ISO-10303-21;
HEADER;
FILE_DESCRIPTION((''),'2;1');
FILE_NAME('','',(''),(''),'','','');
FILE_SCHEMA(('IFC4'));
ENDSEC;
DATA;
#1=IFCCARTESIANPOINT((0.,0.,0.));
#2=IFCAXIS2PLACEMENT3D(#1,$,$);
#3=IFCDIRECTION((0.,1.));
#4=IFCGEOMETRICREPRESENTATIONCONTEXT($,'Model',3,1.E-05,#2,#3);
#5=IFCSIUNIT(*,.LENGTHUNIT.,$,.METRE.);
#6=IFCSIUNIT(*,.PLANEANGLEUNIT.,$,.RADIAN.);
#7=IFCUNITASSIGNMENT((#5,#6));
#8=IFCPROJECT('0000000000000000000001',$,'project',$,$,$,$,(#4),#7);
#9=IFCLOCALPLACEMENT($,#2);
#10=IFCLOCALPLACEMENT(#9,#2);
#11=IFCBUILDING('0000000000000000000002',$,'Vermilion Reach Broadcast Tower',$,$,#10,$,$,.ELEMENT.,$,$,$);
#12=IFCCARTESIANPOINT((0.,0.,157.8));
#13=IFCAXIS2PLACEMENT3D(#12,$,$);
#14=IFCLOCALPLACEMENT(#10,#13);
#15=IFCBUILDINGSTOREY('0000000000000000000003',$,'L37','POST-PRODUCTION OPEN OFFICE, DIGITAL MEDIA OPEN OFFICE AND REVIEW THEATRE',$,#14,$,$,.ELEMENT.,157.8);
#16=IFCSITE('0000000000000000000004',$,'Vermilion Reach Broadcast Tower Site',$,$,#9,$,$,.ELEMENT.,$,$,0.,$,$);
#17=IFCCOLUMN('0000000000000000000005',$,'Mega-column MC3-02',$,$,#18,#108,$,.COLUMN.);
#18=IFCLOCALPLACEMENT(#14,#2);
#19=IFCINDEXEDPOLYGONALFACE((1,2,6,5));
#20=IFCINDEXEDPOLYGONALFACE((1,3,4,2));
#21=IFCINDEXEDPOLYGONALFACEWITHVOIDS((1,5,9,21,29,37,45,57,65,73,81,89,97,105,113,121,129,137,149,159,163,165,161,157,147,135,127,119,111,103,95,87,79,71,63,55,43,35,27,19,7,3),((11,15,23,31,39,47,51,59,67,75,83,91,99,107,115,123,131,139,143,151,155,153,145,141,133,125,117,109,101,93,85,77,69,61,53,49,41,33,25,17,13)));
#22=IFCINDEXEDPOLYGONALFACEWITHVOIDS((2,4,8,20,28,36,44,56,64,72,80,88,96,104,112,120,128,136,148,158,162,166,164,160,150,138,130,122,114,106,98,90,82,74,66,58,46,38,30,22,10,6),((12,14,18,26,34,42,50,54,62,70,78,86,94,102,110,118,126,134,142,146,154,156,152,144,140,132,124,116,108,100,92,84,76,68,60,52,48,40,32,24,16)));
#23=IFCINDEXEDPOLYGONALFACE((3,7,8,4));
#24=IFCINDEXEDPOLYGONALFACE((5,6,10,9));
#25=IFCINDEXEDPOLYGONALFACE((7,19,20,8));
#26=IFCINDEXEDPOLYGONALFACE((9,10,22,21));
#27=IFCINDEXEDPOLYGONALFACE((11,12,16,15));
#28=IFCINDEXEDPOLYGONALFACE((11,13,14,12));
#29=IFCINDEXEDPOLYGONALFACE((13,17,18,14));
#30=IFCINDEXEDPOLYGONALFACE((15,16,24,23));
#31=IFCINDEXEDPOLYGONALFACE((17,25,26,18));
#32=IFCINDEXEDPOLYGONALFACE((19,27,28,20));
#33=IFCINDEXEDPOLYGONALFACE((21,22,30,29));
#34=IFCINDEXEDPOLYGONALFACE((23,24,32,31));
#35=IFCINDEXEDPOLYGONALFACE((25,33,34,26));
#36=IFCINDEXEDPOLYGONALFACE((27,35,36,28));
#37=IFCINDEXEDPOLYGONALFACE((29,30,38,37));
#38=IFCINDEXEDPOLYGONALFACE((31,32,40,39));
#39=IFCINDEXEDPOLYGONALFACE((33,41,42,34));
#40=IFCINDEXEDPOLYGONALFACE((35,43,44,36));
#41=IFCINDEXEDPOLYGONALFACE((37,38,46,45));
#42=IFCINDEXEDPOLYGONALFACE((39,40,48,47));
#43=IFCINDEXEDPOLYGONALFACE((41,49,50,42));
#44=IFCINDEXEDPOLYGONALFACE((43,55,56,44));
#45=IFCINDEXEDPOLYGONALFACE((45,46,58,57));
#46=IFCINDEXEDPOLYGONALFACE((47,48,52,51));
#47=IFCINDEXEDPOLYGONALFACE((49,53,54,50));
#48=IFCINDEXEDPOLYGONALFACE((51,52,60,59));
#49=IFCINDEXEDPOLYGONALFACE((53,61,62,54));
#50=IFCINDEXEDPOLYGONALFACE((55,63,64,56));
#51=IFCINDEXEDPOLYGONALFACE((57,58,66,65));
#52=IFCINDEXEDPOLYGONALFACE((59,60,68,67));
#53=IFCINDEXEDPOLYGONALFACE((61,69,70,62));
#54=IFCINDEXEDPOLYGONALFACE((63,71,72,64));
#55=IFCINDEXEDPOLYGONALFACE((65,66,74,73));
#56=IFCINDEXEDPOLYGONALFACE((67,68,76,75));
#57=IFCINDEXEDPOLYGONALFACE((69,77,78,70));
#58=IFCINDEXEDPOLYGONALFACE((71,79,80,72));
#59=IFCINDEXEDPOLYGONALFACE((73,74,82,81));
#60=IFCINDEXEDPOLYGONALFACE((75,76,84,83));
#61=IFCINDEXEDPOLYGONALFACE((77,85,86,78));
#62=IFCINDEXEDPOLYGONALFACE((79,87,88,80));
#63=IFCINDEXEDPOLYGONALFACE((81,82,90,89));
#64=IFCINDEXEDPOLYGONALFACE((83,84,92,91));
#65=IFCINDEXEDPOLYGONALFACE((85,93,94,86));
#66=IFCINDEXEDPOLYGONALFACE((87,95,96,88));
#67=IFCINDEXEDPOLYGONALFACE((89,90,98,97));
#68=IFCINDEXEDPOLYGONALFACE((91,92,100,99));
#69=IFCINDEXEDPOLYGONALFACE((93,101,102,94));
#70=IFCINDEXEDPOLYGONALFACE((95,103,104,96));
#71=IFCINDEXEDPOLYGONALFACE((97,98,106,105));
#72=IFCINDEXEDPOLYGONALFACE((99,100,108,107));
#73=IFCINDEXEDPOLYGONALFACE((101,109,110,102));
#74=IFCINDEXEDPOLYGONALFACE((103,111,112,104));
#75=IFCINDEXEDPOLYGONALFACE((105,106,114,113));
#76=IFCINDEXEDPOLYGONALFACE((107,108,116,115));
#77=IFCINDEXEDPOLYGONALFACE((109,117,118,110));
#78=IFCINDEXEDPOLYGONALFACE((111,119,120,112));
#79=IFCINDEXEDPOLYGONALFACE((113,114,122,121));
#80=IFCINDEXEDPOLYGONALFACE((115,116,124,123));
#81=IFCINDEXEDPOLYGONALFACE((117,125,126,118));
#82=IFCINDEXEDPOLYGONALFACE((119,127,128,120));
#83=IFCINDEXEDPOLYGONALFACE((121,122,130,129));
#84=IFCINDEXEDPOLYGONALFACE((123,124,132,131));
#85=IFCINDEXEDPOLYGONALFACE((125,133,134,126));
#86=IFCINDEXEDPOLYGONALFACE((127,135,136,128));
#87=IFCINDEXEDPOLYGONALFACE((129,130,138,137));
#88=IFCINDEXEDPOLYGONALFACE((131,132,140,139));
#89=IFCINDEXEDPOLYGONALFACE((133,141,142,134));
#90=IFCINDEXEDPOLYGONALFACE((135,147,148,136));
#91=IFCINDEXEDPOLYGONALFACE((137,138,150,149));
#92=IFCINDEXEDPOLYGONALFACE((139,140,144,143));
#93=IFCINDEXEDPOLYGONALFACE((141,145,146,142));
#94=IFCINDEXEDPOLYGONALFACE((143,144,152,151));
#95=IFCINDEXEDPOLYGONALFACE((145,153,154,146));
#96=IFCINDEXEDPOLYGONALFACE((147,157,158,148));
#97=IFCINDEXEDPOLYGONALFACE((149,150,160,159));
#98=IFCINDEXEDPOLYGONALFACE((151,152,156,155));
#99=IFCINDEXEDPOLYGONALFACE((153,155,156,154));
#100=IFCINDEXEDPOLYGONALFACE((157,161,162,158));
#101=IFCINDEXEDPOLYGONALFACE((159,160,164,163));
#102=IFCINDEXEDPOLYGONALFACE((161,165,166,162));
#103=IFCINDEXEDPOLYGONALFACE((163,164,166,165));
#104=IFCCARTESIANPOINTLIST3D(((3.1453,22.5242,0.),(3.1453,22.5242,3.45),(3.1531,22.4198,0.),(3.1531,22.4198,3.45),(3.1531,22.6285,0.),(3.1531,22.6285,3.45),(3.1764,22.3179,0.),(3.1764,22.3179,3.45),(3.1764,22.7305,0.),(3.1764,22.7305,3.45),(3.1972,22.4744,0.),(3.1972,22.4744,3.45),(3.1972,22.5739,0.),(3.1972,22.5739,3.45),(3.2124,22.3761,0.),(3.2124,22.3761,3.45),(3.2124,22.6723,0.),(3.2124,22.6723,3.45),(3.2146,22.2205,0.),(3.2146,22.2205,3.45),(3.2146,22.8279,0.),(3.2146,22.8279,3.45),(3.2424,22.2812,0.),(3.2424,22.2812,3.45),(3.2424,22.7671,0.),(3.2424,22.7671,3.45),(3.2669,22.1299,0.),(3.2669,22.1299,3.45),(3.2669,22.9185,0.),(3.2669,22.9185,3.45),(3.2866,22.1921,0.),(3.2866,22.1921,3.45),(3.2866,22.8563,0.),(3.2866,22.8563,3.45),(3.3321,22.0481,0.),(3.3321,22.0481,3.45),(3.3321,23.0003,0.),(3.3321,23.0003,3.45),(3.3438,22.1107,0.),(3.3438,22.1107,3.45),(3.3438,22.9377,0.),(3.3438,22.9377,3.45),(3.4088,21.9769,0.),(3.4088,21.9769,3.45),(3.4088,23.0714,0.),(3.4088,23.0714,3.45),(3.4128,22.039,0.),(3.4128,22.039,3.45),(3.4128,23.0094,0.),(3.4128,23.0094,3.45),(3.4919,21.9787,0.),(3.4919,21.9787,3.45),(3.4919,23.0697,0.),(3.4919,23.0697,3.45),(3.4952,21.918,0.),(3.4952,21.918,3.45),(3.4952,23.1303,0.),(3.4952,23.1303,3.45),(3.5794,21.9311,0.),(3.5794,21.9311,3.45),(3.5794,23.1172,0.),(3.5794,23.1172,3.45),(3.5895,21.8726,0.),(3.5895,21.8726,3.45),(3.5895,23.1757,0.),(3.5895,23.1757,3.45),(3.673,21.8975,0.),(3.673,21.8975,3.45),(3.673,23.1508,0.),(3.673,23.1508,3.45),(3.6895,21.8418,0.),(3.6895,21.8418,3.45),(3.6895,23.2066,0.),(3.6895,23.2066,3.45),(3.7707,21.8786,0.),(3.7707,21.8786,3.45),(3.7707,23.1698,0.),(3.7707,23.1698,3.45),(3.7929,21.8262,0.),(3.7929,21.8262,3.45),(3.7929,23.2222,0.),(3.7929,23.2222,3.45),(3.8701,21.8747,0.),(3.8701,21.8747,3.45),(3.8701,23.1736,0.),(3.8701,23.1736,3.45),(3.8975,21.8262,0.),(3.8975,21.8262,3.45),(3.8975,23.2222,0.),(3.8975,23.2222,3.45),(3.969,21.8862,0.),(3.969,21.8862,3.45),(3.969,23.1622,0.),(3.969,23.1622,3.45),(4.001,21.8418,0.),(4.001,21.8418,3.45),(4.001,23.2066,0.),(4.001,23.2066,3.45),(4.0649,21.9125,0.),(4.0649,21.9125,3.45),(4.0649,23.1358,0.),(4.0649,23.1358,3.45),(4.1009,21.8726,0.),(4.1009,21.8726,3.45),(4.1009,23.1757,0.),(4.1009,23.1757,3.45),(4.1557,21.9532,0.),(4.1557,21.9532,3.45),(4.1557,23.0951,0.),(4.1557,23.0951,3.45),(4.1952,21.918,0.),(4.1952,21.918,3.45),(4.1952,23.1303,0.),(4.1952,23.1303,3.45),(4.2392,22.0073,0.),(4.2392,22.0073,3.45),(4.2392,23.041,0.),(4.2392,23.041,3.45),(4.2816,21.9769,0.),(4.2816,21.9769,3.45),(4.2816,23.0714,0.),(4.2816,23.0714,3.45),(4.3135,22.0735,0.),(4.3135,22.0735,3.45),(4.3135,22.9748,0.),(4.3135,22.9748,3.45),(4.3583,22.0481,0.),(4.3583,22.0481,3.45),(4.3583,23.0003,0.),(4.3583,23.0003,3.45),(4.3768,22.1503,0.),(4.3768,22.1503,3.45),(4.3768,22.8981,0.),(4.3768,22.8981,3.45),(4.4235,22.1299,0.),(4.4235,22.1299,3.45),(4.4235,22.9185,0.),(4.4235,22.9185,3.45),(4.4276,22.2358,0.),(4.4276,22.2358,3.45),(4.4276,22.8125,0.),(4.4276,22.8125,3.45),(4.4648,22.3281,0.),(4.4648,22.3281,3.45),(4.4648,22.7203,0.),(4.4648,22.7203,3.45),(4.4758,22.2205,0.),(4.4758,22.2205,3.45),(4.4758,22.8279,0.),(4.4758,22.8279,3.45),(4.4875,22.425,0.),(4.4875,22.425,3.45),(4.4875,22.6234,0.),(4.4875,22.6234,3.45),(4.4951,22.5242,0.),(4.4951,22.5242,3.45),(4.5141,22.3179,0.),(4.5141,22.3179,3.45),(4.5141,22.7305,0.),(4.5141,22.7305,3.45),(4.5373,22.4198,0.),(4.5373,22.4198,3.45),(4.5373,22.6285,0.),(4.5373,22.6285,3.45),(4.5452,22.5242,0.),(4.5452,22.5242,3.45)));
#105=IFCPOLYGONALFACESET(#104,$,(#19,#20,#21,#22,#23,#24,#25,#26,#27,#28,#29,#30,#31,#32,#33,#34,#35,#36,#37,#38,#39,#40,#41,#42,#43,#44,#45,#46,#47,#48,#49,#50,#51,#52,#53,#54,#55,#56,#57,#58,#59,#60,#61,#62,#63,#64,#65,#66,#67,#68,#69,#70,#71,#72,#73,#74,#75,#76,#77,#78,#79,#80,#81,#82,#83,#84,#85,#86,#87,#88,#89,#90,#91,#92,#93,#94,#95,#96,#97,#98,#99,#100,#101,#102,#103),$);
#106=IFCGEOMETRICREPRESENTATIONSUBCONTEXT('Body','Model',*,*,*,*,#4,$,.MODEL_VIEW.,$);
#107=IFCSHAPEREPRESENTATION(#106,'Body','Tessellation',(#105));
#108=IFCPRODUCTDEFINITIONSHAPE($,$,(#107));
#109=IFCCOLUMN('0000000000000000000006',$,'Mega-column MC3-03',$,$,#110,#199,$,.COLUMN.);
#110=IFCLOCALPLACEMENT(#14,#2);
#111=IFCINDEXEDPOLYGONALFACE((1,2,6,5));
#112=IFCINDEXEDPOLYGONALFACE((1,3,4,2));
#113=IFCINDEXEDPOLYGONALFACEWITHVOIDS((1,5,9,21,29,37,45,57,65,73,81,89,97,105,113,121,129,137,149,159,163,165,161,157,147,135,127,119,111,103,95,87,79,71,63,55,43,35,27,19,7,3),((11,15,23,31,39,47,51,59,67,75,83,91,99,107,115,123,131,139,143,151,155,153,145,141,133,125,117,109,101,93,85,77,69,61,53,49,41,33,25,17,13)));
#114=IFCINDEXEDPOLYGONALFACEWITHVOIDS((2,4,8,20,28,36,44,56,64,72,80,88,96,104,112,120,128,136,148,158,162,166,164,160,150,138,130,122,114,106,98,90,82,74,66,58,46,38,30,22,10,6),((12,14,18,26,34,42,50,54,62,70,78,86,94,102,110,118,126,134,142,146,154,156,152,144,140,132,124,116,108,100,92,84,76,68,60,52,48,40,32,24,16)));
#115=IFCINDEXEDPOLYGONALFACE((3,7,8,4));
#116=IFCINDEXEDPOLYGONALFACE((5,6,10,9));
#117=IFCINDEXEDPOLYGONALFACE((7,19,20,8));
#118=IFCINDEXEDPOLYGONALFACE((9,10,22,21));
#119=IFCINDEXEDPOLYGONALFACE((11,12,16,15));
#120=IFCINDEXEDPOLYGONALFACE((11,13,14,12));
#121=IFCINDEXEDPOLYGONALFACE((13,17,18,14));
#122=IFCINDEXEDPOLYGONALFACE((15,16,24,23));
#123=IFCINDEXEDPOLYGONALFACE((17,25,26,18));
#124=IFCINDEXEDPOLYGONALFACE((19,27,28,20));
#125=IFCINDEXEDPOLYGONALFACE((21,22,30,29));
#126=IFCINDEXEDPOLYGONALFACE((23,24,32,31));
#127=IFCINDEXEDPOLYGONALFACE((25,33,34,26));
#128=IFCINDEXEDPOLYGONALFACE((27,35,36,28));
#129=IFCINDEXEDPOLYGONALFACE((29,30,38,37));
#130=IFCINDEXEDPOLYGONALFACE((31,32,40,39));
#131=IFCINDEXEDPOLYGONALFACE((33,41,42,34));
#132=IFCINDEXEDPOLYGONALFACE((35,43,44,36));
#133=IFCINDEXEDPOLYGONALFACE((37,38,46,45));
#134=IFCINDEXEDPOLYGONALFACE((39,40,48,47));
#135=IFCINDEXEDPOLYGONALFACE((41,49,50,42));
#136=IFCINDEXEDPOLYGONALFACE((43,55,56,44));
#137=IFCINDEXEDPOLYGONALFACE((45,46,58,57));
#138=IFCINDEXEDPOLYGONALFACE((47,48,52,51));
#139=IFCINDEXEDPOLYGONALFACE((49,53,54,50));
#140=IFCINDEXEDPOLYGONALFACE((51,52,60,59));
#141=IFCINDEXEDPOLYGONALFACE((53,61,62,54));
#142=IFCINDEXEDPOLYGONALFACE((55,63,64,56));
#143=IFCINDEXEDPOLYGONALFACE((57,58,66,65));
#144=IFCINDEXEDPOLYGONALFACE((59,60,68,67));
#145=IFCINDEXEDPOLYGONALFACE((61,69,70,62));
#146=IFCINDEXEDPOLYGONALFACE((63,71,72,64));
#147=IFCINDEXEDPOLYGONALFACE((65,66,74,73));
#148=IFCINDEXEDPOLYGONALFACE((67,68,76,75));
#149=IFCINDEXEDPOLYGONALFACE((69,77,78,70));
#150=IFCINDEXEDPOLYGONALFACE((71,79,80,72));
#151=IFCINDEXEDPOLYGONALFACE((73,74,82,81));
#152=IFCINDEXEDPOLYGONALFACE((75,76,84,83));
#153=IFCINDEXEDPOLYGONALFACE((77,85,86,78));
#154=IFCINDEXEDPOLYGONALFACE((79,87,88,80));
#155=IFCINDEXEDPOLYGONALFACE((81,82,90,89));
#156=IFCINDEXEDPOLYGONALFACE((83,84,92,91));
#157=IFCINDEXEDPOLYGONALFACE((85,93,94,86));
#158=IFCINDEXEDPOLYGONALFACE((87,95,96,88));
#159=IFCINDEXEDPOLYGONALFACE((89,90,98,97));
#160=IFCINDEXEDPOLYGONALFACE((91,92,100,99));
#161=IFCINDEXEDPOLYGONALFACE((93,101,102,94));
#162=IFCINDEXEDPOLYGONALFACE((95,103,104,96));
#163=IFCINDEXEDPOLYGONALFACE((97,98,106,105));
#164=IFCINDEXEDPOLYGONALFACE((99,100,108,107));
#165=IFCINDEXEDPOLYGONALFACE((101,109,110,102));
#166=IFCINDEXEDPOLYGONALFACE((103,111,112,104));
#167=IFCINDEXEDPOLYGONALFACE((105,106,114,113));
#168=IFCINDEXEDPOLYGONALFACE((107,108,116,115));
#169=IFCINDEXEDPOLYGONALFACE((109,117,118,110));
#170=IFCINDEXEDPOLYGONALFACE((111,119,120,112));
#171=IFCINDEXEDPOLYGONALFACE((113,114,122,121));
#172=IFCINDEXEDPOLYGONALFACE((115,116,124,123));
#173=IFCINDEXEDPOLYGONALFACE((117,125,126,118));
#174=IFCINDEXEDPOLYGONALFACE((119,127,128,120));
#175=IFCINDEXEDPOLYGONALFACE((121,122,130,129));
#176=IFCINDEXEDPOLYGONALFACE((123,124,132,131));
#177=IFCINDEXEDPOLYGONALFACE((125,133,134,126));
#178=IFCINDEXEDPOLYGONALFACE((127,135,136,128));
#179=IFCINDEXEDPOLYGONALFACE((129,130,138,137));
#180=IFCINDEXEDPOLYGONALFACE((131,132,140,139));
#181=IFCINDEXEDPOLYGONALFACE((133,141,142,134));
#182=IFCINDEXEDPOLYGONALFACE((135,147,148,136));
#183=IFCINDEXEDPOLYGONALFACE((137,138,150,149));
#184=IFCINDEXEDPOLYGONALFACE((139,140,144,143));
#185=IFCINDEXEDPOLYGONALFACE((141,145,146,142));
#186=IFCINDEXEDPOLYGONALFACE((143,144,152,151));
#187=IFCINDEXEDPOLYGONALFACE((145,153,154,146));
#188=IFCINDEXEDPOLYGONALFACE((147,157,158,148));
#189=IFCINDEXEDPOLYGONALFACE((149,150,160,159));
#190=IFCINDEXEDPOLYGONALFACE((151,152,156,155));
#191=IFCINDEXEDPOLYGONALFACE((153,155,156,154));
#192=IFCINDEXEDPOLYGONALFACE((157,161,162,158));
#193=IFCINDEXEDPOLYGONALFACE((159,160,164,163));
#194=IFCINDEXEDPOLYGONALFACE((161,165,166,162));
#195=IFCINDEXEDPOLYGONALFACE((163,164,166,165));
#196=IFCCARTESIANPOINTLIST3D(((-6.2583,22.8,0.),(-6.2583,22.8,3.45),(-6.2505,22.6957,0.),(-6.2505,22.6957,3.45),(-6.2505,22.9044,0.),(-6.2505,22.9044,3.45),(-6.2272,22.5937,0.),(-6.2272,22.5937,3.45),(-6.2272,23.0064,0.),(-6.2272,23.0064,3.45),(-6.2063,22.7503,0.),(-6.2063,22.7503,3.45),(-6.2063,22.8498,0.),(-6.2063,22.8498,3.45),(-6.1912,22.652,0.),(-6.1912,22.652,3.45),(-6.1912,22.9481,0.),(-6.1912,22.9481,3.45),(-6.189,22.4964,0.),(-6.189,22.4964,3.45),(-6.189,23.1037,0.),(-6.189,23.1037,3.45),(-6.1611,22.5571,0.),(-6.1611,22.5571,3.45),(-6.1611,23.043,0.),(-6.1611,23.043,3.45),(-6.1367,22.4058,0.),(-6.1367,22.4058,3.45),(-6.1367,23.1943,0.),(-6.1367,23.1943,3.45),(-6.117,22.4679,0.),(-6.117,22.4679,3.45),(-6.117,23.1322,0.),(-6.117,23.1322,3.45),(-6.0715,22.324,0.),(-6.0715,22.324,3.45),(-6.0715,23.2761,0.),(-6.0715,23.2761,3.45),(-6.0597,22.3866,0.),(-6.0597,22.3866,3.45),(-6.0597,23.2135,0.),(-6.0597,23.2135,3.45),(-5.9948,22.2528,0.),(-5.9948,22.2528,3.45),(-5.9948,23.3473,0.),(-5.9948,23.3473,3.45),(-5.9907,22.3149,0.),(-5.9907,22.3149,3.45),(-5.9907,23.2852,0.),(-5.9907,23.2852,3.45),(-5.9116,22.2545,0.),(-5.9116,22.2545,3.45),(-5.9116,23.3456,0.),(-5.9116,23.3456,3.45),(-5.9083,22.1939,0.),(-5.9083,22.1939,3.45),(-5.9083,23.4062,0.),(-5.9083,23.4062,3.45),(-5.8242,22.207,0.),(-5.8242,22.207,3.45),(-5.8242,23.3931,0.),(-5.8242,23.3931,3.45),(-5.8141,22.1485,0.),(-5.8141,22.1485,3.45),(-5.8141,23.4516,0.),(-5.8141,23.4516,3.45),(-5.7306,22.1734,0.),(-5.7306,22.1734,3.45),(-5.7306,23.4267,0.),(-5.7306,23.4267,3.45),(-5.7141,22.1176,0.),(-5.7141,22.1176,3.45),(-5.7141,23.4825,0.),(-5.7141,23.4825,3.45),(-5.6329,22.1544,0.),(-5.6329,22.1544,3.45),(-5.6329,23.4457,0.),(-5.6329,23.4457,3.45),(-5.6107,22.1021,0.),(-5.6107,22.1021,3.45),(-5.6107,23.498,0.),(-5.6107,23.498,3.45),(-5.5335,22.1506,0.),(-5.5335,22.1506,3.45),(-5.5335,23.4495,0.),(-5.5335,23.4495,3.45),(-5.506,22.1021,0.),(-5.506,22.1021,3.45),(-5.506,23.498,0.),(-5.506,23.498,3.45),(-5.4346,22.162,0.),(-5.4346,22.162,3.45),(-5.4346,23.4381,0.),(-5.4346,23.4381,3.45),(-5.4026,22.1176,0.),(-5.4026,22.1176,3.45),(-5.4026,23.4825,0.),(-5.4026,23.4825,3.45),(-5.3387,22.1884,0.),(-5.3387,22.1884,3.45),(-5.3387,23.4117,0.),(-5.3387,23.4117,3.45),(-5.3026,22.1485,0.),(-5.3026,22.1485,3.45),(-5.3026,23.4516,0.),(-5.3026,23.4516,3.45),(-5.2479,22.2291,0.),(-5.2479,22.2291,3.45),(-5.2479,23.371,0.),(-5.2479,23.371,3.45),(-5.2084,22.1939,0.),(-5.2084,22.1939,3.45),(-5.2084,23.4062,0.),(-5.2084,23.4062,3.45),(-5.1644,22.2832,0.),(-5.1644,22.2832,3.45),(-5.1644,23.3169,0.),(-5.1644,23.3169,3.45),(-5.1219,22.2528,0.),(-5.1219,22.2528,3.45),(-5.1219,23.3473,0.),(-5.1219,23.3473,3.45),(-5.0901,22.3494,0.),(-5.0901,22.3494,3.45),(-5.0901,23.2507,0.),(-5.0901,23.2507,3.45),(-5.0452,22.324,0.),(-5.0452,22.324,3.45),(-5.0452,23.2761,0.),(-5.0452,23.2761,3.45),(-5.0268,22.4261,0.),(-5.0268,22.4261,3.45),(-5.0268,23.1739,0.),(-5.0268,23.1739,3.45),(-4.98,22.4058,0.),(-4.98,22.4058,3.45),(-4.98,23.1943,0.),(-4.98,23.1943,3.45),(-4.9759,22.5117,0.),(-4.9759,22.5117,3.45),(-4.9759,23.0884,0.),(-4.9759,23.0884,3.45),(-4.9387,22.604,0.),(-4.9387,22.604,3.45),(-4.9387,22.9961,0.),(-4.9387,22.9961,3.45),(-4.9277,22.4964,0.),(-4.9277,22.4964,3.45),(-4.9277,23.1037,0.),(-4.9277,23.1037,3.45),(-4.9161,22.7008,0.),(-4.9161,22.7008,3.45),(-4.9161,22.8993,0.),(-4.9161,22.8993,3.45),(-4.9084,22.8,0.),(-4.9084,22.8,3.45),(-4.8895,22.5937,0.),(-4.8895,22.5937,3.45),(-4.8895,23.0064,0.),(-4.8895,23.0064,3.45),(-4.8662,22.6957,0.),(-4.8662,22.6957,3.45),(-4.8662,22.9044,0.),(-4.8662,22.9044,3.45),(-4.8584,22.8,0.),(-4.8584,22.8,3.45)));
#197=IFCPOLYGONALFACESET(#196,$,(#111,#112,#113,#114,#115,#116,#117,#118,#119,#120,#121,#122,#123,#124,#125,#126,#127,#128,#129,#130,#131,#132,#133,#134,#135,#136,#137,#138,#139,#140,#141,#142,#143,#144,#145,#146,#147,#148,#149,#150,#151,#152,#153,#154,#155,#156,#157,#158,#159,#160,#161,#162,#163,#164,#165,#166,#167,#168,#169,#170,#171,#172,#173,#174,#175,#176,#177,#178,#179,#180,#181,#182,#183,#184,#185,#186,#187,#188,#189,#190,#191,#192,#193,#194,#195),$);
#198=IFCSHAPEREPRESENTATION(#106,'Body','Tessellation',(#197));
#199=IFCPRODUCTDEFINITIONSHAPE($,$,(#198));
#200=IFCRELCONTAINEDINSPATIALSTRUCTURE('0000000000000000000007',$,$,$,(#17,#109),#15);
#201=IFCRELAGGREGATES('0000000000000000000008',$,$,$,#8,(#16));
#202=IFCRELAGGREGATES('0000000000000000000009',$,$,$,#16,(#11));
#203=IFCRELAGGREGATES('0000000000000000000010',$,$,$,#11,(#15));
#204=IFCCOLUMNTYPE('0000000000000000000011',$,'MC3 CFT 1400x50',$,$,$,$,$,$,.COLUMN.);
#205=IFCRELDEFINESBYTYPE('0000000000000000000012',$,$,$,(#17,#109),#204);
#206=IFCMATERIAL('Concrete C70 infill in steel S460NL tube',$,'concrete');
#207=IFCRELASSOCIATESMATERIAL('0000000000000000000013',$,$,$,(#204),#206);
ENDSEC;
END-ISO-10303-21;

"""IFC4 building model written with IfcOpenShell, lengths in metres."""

from ifc_helpers import new_model, si_unit, direction, frame, origin, origin_2d, place, context, subcontext, project, spatial, hollow_circle, extrude, material, material_profile, profile_set, type_object, element, save


model = new_model("IFC4")

# Units and contexts
model_context = context("Model", 3, precision=1e-05, world=origin(), true_north=direction((0.0, 1.0)))
body_context = subcontext(model_context, "Body", "Model", "MODEL_VIEW")
ifc_project = project(units=[si_unit("LENGTHUNIT", "METRE"), si_unit("PLANEANGLEUNIT", "RADIAN")], contexts=[model_context])

# Site, building, storey
site_placement = place(None, origin())
site = spatial("IfcSite", under=ifc_project, at=site_placement, Name="Vermilion Reach Broadcast Tower Site", CompositionType="ELEMENT", RefElevation=0.0)
building_placement = place(site_placement, origin())
building = spatial("IfcBuilding", under=site, at=building_placement, Name="Vermilion Reach Broadcast Tower", CompositionType="ELEMENT")
storey_placement = place(building_placement, frame((0.0, 0.0, 157.8)))
storey = spatial("IfcBuildingStorey", under=building, at=storey_placement, Name="L37", Description="POST-PRODUCTION OPEN OFFICE, DIGITAL MEDIA OPEN OFFICE AND REVIEW THEATRE", CompositionType="ELEMENT", Elevation=157.8)

# Columns
ifc_material_1 = material(Name="Concrete C70 infill in steel S460NL tube", Category="concrete")
ifc_material_profile_1 = material_profile(ifc_material_1, hollow_circle(Radius=0.7, WallThickness=0.05, at=origin_2d()), Name="Concrete C70 infill in steel S460NL tube CFT 1400x50")
ifc_profile_set_1 = profile_set([ifc_material_profile_1], Name="Concrete C70 infill in steel S460NL tube")
column_type = type_object("IfcColumnType", Name="MC3 CFT 1400x50", PredefinedType="COLUMN", material=ifc_profile_set_1)
for number, where, z_axis, x_axis, name in (
    (1, (3.8452, 22.5242, 0.0), (0.0, 0.0, 1.0), (1.0, 0.0, 0.0), "Mega-column MC3-02"),
    (2, (-5.5583, 22.8, 0.0), (0.0, 0.0, 1.0), (1.0, 0.0, 0.0), "Mega-column MC3-03"),
):
    element("IfcColumn", number, at=place(storey_placement, frame(where, z_axis=z_axis, x_axis=x_axis)), inside=storey, type_object=column_type, Name=name, PredefinedType="COLUMN", context=body_context, shape_type="SweptSolid", body=[
        extrude(hollow_circle(Radius=0.7, WallThickness=0.05, at=origin_2d()), origin(), (0.0, 0.0, 1.0), 3.45),
    ])

save(model, "model.ifc")
